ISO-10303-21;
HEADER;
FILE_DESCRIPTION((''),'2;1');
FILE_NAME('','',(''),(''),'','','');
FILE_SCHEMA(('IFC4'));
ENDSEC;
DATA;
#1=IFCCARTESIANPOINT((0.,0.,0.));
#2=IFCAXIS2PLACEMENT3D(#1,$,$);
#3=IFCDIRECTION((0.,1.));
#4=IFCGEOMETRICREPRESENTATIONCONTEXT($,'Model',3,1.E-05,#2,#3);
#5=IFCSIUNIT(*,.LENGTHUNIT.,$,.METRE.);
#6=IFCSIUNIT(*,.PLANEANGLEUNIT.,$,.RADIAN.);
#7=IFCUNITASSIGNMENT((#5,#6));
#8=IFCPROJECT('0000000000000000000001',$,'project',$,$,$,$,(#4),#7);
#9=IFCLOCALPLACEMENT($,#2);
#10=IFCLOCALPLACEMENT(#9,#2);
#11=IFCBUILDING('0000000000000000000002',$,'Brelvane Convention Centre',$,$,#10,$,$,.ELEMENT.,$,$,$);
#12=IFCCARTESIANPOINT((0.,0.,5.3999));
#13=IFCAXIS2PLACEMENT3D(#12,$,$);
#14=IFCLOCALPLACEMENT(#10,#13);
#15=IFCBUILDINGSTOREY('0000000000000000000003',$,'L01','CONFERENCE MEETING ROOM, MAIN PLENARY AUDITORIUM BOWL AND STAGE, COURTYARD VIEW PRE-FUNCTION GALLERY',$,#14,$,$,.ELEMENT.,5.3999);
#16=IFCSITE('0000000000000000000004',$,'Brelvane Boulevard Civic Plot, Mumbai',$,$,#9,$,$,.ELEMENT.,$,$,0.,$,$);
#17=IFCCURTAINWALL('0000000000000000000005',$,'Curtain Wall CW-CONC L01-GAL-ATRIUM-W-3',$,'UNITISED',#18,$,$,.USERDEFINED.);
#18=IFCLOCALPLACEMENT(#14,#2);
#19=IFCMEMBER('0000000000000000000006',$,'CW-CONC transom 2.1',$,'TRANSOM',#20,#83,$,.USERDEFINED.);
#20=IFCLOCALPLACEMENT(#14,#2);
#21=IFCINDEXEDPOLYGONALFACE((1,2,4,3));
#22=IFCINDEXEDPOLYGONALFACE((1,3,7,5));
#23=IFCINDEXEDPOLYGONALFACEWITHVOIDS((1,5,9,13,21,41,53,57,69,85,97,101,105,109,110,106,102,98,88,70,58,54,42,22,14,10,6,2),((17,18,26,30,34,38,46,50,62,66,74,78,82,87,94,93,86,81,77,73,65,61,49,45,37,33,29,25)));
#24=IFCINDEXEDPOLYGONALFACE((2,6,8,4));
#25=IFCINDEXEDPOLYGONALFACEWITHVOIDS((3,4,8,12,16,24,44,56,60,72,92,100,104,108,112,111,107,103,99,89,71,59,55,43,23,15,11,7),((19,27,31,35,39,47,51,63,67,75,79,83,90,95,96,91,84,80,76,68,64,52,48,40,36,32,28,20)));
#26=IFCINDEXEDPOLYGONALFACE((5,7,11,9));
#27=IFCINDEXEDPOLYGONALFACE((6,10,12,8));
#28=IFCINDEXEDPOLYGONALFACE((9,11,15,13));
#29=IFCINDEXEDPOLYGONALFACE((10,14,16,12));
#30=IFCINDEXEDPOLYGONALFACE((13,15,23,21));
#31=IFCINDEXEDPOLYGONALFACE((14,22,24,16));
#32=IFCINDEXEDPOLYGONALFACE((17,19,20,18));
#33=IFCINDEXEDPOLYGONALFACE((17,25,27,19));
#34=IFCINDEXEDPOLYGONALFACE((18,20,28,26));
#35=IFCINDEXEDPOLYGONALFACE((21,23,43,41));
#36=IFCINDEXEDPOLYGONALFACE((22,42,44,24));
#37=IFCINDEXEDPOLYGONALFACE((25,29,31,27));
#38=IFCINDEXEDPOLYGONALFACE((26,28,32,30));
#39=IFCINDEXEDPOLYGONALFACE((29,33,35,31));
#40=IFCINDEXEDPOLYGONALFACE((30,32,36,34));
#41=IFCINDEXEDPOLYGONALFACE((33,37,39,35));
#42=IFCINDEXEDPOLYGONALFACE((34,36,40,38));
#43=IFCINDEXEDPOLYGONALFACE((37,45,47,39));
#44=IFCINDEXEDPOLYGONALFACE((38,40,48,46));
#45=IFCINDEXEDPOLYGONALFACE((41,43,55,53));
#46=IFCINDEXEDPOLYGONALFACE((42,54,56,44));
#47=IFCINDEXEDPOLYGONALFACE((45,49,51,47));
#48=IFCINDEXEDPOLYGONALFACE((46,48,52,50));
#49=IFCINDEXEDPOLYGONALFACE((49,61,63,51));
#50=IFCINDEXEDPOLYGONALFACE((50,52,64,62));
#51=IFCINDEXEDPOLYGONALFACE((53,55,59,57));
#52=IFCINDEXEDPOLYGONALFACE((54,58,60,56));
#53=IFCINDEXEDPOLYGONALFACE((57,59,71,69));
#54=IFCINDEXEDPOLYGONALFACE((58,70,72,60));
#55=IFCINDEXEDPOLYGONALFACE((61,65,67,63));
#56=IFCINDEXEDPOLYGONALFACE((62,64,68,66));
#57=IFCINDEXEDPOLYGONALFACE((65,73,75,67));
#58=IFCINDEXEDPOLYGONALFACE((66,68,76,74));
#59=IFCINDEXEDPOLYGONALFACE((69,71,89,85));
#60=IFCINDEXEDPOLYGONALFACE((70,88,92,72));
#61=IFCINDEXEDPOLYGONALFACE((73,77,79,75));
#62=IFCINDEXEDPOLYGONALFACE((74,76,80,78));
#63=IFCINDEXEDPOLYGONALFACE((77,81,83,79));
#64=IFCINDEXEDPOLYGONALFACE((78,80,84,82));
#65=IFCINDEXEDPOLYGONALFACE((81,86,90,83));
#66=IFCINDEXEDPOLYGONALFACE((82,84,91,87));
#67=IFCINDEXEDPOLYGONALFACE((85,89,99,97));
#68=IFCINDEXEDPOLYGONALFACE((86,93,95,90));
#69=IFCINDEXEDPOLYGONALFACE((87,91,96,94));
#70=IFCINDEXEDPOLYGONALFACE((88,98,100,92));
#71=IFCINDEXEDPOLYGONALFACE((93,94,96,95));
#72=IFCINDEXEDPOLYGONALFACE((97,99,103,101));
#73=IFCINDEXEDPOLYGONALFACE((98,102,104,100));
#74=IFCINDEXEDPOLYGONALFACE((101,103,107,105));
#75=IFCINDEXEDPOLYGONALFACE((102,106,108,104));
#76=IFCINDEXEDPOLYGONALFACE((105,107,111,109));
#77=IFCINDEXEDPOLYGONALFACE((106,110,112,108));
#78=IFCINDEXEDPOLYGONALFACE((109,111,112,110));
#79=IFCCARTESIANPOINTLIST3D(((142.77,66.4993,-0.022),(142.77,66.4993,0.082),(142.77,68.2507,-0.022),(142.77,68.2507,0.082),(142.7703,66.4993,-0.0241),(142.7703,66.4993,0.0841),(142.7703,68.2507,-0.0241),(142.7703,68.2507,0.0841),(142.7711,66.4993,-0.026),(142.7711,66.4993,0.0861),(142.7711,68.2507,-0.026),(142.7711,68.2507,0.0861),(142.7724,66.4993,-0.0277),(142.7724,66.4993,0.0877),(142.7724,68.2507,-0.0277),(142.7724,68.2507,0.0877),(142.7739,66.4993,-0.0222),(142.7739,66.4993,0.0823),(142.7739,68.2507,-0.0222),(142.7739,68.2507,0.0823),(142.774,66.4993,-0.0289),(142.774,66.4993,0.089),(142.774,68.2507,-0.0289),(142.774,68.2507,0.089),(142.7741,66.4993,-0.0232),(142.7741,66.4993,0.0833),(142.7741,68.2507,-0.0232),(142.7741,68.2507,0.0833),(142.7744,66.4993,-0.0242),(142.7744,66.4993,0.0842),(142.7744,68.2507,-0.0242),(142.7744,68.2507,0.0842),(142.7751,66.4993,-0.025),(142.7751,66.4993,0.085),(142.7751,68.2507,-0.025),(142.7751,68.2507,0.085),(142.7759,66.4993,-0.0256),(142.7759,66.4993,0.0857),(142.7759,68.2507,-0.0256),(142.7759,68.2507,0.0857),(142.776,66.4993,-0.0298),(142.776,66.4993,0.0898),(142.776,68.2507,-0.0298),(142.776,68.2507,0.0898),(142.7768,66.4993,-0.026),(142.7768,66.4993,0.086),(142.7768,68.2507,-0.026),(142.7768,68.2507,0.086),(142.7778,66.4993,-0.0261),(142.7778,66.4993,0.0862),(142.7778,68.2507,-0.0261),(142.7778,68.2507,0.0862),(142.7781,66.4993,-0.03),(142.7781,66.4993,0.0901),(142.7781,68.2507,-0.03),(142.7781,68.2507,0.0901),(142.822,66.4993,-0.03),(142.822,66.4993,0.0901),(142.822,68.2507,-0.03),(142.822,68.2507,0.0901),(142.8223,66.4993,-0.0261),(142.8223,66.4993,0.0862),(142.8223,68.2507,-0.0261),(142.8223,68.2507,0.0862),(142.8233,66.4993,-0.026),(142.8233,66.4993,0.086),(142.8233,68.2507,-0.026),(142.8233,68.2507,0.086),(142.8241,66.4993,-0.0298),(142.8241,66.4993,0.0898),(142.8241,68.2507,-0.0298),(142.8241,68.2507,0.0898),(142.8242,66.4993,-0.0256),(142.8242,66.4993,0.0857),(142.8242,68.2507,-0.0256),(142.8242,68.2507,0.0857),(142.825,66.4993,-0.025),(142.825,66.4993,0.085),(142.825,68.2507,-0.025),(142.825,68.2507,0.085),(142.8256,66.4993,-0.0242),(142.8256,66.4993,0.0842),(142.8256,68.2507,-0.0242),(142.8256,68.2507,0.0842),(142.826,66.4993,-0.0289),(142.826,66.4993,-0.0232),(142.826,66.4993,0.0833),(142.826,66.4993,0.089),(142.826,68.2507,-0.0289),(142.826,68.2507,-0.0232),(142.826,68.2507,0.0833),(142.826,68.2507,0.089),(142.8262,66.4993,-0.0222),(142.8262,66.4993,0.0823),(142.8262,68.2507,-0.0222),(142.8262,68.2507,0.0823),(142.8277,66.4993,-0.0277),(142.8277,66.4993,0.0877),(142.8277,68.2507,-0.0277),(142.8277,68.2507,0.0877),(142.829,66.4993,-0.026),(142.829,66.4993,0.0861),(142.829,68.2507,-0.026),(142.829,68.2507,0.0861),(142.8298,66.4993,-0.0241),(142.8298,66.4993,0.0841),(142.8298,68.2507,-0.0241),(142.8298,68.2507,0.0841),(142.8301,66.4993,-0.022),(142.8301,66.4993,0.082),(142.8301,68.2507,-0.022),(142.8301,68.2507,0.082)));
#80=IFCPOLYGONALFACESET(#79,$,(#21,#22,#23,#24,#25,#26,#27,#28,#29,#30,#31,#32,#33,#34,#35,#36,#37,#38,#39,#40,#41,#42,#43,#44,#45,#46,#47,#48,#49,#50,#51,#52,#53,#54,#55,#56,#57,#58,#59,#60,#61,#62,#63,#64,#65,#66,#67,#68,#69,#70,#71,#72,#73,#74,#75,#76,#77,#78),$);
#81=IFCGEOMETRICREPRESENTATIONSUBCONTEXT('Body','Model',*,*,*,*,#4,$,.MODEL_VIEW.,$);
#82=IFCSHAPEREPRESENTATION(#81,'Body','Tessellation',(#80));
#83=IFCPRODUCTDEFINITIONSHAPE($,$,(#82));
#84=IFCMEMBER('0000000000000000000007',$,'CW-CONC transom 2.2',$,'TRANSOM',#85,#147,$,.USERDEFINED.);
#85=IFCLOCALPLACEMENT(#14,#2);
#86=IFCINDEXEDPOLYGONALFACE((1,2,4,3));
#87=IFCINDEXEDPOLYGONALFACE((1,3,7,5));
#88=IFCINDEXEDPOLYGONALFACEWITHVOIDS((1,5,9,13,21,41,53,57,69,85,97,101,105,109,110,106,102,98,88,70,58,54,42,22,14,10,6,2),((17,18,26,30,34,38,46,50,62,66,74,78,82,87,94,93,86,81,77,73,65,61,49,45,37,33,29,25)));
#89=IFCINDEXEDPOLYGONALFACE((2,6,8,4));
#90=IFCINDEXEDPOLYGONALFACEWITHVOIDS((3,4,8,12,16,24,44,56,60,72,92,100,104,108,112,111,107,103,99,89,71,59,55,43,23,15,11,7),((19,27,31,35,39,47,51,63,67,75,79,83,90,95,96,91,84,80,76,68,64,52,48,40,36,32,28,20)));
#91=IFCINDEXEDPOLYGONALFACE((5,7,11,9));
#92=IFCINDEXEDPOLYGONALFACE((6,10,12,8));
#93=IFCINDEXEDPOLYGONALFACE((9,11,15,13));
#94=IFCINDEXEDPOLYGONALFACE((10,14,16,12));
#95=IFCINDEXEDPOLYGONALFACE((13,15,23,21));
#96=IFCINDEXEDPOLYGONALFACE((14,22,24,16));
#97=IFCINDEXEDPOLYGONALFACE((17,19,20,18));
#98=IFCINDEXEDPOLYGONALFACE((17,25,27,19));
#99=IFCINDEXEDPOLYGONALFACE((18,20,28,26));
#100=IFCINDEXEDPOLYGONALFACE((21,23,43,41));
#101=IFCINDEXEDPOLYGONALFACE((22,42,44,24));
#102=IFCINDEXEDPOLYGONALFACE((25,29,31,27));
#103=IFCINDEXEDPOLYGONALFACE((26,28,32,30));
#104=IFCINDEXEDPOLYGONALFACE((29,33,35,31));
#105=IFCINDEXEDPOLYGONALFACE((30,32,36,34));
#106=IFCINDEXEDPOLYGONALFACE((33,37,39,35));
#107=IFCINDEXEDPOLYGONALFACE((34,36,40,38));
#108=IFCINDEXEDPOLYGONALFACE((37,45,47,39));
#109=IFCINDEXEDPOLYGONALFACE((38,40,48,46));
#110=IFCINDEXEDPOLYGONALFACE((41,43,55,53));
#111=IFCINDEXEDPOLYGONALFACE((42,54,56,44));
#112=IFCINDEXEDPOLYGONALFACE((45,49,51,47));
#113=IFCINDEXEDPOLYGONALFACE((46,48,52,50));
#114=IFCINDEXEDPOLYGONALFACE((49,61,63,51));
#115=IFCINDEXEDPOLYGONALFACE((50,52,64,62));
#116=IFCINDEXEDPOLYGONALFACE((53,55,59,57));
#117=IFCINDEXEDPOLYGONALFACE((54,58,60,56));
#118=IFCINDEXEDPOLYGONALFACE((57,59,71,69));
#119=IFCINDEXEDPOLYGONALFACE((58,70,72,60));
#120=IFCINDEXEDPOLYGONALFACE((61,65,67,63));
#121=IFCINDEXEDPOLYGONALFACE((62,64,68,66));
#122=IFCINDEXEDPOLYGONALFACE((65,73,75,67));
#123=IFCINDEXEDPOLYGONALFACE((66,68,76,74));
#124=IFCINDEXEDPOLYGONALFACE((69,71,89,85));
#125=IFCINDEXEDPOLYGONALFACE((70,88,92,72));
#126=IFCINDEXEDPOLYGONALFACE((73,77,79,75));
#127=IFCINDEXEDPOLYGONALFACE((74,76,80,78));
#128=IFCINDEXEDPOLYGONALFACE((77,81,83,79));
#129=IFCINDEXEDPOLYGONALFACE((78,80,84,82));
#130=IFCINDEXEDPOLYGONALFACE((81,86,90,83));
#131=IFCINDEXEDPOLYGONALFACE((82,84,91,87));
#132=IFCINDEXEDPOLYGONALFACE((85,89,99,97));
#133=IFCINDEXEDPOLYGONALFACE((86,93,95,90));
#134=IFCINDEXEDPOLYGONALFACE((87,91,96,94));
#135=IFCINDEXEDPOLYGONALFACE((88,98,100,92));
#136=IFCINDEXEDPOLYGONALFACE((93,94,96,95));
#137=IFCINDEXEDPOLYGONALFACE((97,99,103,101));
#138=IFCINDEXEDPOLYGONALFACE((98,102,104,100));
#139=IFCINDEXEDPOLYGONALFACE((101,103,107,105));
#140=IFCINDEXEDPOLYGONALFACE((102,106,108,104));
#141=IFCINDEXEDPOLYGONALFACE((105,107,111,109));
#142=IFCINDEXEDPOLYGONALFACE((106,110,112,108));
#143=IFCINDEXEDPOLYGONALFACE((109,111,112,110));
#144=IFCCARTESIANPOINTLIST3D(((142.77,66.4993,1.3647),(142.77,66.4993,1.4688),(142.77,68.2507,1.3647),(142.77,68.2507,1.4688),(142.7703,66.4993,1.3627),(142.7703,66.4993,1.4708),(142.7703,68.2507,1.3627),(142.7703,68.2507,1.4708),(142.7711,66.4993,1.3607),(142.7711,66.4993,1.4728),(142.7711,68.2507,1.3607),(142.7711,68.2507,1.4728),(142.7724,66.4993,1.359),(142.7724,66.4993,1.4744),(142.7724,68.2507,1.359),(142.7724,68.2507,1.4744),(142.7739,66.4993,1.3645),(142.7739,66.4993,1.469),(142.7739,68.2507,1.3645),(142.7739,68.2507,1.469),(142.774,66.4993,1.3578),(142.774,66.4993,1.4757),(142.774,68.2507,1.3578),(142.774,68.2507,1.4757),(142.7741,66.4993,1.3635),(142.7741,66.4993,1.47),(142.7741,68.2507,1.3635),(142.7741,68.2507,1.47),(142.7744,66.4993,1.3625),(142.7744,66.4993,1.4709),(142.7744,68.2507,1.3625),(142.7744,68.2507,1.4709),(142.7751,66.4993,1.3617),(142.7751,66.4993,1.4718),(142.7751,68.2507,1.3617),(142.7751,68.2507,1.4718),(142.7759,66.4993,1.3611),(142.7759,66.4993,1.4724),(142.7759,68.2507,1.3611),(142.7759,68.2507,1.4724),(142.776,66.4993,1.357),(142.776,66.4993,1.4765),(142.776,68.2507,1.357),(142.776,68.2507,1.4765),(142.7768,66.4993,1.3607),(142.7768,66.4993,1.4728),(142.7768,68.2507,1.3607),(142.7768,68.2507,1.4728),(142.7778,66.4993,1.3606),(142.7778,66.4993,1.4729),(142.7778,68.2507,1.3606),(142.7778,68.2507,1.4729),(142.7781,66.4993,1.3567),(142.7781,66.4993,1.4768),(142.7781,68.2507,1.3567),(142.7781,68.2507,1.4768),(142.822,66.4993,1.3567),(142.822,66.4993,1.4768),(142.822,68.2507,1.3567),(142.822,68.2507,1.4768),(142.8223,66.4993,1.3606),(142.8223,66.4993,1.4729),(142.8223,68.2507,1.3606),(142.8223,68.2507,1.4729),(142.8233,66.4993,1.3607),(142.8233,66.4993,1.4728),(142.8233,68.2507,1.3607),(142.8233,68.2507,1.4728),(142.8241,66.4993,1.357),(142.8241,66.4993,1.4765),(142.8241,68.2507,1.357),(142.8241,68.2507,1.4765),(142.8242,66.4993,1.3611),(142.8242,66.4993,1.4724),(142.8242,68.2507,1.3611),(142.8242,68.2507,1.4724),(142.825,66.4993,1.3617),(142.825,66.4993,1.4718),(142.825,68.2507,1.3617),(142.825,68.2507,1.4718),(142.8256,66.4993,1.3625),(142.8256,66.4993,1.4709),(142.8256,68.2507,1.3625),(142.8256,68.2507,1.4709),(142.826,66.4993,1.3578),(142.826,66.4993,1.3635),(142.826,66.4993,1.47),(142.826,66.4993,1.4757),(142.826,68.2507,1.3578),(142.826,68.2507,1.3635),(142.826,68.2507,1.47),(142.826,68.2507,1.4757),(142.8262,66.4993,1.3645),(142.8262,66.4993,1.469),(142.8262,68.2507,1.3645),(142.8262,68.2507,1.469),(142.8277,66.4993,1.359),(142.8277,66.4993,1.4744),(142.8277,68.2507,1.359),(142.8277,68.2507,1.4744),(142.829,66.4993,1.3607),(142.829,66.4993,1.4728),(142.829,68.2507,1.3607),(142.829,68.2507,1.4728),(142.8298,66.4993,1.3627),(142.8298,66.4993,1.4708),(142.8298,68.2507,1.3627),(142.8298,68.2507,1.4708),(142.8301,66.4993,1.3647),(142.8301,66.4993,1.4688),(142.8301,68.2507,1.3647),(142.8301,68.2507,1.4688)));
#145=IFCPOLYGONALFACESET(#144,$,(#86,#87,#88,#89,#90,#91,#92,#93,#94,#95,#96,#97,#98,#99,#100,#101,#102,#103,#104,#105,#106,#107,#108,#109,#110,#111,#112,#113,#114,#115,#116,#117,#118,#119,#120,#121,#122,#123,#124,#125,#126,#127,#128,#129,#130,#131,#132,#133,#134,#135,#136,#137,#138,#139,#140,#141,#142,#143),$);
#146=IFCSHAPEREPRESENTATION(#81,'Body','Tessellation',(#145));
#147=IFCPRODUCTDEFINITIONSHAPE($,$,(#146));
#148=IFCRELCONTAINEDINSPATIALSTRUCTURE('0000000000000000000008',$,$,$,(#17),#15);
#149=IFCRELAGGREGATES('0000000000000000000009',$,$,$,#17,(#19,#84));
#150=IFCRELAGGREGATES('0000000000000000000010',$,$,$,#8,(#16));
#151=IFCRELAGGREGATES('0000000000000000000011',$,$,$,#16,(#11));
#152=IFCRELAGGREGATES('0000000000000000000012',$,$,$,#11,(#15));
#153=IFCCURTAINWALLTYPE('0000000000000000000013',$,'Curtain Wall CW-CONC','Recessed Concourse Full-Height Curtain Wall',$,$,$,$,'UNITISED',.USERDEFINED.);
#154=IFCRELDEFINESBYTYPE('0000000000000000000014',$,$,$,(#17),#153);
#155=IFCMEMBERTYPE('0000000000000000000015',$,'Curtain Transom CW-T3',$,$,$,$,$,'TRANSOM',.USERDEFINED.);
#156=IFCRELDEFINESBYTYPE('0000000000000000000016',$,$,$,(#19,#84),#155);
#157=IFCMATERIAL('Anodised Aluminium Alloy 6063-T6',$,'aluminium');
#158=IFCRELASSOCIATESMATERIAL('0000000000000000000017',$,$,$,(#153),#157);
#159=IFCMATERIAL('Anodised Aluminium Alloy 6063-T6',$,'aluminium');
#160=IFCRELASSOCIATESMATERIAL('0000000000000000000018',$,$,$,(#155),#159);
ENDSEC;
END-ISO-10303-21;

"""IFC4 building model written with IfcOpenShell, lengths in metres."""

from ifc_helpers import new_model, si_unit, direction, frame, origin, origin_2d, place, context, subcontext, project, spatial, hollow_rectangle, extrude, material, material_profile, profile_set, type_object, element, aggregate, save


model = new_model("IFC4")

# Units and contexts
model_context = context("Model", 3, precision=1e-05, world=origin(), true_north=direction((0.0, 1.0)))
body_context = subcontext(model_context, "Body", "Model", "MODEL_VIEW")
ifc_project = project(units=[si_unit("LENGTHUNIT", "METRE"), si_unit("PLANEANGLEUNIT", "RADIAN")], contexts=[model_context])

# Site, building, storey
site_placement = place(None, origin())
site = spatial("IfcSite", under=ifc_project, at=site_placement, Name="Brelvane Boulevard Civic Plot, Mumbai", CompositionType="ELEMENT", RefElevation=0.0)
building_placement = place(site_placement, origin())
building = spatial("IfcBuilding", under=site, at=building_placement, Name="Brelvane Convention Centre", CompositionType="ELEMENT")
storey_placement = place(building_placement, frame((0.0, 0.0, 5.3999)))
storey = spatial("IfcBuildingStorey", under=building, at=storey_placement, Name="L01", Description="CONFERENCE MEETING ROOM, MAIN PLENARY AUDITORIUM BOWL AND STAGE, COURTYARD VIEW PRE-FUNCTION GALLERY", CompositionType="ELEMENT", Elevation=5.3999)

# Curtain wall, members
ifc_material_1 = material(Name="Anodised Aluminium Alloy 6063-T6", Category="aluminium")
curtain_wall_type = type_object("IfcCurtainWallType", Name="Curtain Wall CW-CONC", Description="Recessed Concourse Full-Height Curtain Wall", ElementType="UNITISED", PredefinedType="USERDEFINED", material=ifc_material_1)
curtain_wall_placement = place(storey_placement, origin())
curtain_wall = element("IfcCurtainWall", 1, at=curtain_wall_placement, inside=storey, type_object=curtain_wall_type, Name="Curtain Wall CW-CONC L01-GAL-ATRIUM-W-3", ObjectType="UNITISED", PredefinedType="USERDEFINED")
ifc_material_2 = material(Name="Anodised Aluminium Alloy 6063-T6", Category="aluminium")
ifc_material_profile_1 = material_profile(ifc_material_2, hollow_rectangle(XDim=0.0601, YDim=0.1201, WallThickness=0.0039, InnerFilletRadius=0.0039, OuterFilletRadius=0.0081, at=origin_2d()), Name="ALU-T 120x60x4.0")
ifc_profile_set_1 = profile_set([ifc_material_profile_1], Name="Anodised Aluminium Alloy 6063-T6")
member_type_1 = type_object("IfcMemberType", Name="Curtain Transom CW-T3", ElementType="TRANSOM", PredefinedType="USERDEFINED", material=ifc_profile_set_1)
member_1_placement = place(storey_placement, frame((142.8, 66.4993, 0.03), z_axis=(0.0, 1.0, 0.0), x_axis=(-1.0, 0.0, 0.0)))
member_1 = element("IfcMember", 2, at=member_1_placement, type_object=member_type_1, Name="CW-CONC transom 2.1", ObjectType="TRANSOM", PredefinedType="USERDEFINED", context=body_context, shape_type="SweptSolid", body=[
    extrude(hollow_rectangle(XDim=0.0601, YDim=0.1201, WallThickness=0.0039, InnerFilletRadius=0.0039, OuterFilletRadius=0.0081, at=origin_2d()), origin(), (0.0, 0.0, 1.0), 1.7515),
])
member_2_placement = place(storey_placement, frame((142.8, 66.4993, 1.4167), z_axis=(0.0, 1.0, 0.0), x_axis=(-1.0, 0.0, 0.0)))
member_2 = element("IfcMember", 3, at=member_2_placement, type_object=member_type_1, Name="CW-CONC transom 2.2", ObjectType="TRANSOM", PredefinedType="USERDEFINED", context=body_context, shape_type="SweptSolid", body=[
    extrude(hollow_rectangle(XDim=0.0601, YDim=0.1201, WallThickness=0.0039, InnerFilletRadius=0.0039, OuterFilletRadius=0.0081, at=origin_2d()), origin(), (0.0, 0.0, 1.0), 1.7515),
])

aggregate(curtain_wall, [member_1, member_2])

save(model, "model.ifc")
